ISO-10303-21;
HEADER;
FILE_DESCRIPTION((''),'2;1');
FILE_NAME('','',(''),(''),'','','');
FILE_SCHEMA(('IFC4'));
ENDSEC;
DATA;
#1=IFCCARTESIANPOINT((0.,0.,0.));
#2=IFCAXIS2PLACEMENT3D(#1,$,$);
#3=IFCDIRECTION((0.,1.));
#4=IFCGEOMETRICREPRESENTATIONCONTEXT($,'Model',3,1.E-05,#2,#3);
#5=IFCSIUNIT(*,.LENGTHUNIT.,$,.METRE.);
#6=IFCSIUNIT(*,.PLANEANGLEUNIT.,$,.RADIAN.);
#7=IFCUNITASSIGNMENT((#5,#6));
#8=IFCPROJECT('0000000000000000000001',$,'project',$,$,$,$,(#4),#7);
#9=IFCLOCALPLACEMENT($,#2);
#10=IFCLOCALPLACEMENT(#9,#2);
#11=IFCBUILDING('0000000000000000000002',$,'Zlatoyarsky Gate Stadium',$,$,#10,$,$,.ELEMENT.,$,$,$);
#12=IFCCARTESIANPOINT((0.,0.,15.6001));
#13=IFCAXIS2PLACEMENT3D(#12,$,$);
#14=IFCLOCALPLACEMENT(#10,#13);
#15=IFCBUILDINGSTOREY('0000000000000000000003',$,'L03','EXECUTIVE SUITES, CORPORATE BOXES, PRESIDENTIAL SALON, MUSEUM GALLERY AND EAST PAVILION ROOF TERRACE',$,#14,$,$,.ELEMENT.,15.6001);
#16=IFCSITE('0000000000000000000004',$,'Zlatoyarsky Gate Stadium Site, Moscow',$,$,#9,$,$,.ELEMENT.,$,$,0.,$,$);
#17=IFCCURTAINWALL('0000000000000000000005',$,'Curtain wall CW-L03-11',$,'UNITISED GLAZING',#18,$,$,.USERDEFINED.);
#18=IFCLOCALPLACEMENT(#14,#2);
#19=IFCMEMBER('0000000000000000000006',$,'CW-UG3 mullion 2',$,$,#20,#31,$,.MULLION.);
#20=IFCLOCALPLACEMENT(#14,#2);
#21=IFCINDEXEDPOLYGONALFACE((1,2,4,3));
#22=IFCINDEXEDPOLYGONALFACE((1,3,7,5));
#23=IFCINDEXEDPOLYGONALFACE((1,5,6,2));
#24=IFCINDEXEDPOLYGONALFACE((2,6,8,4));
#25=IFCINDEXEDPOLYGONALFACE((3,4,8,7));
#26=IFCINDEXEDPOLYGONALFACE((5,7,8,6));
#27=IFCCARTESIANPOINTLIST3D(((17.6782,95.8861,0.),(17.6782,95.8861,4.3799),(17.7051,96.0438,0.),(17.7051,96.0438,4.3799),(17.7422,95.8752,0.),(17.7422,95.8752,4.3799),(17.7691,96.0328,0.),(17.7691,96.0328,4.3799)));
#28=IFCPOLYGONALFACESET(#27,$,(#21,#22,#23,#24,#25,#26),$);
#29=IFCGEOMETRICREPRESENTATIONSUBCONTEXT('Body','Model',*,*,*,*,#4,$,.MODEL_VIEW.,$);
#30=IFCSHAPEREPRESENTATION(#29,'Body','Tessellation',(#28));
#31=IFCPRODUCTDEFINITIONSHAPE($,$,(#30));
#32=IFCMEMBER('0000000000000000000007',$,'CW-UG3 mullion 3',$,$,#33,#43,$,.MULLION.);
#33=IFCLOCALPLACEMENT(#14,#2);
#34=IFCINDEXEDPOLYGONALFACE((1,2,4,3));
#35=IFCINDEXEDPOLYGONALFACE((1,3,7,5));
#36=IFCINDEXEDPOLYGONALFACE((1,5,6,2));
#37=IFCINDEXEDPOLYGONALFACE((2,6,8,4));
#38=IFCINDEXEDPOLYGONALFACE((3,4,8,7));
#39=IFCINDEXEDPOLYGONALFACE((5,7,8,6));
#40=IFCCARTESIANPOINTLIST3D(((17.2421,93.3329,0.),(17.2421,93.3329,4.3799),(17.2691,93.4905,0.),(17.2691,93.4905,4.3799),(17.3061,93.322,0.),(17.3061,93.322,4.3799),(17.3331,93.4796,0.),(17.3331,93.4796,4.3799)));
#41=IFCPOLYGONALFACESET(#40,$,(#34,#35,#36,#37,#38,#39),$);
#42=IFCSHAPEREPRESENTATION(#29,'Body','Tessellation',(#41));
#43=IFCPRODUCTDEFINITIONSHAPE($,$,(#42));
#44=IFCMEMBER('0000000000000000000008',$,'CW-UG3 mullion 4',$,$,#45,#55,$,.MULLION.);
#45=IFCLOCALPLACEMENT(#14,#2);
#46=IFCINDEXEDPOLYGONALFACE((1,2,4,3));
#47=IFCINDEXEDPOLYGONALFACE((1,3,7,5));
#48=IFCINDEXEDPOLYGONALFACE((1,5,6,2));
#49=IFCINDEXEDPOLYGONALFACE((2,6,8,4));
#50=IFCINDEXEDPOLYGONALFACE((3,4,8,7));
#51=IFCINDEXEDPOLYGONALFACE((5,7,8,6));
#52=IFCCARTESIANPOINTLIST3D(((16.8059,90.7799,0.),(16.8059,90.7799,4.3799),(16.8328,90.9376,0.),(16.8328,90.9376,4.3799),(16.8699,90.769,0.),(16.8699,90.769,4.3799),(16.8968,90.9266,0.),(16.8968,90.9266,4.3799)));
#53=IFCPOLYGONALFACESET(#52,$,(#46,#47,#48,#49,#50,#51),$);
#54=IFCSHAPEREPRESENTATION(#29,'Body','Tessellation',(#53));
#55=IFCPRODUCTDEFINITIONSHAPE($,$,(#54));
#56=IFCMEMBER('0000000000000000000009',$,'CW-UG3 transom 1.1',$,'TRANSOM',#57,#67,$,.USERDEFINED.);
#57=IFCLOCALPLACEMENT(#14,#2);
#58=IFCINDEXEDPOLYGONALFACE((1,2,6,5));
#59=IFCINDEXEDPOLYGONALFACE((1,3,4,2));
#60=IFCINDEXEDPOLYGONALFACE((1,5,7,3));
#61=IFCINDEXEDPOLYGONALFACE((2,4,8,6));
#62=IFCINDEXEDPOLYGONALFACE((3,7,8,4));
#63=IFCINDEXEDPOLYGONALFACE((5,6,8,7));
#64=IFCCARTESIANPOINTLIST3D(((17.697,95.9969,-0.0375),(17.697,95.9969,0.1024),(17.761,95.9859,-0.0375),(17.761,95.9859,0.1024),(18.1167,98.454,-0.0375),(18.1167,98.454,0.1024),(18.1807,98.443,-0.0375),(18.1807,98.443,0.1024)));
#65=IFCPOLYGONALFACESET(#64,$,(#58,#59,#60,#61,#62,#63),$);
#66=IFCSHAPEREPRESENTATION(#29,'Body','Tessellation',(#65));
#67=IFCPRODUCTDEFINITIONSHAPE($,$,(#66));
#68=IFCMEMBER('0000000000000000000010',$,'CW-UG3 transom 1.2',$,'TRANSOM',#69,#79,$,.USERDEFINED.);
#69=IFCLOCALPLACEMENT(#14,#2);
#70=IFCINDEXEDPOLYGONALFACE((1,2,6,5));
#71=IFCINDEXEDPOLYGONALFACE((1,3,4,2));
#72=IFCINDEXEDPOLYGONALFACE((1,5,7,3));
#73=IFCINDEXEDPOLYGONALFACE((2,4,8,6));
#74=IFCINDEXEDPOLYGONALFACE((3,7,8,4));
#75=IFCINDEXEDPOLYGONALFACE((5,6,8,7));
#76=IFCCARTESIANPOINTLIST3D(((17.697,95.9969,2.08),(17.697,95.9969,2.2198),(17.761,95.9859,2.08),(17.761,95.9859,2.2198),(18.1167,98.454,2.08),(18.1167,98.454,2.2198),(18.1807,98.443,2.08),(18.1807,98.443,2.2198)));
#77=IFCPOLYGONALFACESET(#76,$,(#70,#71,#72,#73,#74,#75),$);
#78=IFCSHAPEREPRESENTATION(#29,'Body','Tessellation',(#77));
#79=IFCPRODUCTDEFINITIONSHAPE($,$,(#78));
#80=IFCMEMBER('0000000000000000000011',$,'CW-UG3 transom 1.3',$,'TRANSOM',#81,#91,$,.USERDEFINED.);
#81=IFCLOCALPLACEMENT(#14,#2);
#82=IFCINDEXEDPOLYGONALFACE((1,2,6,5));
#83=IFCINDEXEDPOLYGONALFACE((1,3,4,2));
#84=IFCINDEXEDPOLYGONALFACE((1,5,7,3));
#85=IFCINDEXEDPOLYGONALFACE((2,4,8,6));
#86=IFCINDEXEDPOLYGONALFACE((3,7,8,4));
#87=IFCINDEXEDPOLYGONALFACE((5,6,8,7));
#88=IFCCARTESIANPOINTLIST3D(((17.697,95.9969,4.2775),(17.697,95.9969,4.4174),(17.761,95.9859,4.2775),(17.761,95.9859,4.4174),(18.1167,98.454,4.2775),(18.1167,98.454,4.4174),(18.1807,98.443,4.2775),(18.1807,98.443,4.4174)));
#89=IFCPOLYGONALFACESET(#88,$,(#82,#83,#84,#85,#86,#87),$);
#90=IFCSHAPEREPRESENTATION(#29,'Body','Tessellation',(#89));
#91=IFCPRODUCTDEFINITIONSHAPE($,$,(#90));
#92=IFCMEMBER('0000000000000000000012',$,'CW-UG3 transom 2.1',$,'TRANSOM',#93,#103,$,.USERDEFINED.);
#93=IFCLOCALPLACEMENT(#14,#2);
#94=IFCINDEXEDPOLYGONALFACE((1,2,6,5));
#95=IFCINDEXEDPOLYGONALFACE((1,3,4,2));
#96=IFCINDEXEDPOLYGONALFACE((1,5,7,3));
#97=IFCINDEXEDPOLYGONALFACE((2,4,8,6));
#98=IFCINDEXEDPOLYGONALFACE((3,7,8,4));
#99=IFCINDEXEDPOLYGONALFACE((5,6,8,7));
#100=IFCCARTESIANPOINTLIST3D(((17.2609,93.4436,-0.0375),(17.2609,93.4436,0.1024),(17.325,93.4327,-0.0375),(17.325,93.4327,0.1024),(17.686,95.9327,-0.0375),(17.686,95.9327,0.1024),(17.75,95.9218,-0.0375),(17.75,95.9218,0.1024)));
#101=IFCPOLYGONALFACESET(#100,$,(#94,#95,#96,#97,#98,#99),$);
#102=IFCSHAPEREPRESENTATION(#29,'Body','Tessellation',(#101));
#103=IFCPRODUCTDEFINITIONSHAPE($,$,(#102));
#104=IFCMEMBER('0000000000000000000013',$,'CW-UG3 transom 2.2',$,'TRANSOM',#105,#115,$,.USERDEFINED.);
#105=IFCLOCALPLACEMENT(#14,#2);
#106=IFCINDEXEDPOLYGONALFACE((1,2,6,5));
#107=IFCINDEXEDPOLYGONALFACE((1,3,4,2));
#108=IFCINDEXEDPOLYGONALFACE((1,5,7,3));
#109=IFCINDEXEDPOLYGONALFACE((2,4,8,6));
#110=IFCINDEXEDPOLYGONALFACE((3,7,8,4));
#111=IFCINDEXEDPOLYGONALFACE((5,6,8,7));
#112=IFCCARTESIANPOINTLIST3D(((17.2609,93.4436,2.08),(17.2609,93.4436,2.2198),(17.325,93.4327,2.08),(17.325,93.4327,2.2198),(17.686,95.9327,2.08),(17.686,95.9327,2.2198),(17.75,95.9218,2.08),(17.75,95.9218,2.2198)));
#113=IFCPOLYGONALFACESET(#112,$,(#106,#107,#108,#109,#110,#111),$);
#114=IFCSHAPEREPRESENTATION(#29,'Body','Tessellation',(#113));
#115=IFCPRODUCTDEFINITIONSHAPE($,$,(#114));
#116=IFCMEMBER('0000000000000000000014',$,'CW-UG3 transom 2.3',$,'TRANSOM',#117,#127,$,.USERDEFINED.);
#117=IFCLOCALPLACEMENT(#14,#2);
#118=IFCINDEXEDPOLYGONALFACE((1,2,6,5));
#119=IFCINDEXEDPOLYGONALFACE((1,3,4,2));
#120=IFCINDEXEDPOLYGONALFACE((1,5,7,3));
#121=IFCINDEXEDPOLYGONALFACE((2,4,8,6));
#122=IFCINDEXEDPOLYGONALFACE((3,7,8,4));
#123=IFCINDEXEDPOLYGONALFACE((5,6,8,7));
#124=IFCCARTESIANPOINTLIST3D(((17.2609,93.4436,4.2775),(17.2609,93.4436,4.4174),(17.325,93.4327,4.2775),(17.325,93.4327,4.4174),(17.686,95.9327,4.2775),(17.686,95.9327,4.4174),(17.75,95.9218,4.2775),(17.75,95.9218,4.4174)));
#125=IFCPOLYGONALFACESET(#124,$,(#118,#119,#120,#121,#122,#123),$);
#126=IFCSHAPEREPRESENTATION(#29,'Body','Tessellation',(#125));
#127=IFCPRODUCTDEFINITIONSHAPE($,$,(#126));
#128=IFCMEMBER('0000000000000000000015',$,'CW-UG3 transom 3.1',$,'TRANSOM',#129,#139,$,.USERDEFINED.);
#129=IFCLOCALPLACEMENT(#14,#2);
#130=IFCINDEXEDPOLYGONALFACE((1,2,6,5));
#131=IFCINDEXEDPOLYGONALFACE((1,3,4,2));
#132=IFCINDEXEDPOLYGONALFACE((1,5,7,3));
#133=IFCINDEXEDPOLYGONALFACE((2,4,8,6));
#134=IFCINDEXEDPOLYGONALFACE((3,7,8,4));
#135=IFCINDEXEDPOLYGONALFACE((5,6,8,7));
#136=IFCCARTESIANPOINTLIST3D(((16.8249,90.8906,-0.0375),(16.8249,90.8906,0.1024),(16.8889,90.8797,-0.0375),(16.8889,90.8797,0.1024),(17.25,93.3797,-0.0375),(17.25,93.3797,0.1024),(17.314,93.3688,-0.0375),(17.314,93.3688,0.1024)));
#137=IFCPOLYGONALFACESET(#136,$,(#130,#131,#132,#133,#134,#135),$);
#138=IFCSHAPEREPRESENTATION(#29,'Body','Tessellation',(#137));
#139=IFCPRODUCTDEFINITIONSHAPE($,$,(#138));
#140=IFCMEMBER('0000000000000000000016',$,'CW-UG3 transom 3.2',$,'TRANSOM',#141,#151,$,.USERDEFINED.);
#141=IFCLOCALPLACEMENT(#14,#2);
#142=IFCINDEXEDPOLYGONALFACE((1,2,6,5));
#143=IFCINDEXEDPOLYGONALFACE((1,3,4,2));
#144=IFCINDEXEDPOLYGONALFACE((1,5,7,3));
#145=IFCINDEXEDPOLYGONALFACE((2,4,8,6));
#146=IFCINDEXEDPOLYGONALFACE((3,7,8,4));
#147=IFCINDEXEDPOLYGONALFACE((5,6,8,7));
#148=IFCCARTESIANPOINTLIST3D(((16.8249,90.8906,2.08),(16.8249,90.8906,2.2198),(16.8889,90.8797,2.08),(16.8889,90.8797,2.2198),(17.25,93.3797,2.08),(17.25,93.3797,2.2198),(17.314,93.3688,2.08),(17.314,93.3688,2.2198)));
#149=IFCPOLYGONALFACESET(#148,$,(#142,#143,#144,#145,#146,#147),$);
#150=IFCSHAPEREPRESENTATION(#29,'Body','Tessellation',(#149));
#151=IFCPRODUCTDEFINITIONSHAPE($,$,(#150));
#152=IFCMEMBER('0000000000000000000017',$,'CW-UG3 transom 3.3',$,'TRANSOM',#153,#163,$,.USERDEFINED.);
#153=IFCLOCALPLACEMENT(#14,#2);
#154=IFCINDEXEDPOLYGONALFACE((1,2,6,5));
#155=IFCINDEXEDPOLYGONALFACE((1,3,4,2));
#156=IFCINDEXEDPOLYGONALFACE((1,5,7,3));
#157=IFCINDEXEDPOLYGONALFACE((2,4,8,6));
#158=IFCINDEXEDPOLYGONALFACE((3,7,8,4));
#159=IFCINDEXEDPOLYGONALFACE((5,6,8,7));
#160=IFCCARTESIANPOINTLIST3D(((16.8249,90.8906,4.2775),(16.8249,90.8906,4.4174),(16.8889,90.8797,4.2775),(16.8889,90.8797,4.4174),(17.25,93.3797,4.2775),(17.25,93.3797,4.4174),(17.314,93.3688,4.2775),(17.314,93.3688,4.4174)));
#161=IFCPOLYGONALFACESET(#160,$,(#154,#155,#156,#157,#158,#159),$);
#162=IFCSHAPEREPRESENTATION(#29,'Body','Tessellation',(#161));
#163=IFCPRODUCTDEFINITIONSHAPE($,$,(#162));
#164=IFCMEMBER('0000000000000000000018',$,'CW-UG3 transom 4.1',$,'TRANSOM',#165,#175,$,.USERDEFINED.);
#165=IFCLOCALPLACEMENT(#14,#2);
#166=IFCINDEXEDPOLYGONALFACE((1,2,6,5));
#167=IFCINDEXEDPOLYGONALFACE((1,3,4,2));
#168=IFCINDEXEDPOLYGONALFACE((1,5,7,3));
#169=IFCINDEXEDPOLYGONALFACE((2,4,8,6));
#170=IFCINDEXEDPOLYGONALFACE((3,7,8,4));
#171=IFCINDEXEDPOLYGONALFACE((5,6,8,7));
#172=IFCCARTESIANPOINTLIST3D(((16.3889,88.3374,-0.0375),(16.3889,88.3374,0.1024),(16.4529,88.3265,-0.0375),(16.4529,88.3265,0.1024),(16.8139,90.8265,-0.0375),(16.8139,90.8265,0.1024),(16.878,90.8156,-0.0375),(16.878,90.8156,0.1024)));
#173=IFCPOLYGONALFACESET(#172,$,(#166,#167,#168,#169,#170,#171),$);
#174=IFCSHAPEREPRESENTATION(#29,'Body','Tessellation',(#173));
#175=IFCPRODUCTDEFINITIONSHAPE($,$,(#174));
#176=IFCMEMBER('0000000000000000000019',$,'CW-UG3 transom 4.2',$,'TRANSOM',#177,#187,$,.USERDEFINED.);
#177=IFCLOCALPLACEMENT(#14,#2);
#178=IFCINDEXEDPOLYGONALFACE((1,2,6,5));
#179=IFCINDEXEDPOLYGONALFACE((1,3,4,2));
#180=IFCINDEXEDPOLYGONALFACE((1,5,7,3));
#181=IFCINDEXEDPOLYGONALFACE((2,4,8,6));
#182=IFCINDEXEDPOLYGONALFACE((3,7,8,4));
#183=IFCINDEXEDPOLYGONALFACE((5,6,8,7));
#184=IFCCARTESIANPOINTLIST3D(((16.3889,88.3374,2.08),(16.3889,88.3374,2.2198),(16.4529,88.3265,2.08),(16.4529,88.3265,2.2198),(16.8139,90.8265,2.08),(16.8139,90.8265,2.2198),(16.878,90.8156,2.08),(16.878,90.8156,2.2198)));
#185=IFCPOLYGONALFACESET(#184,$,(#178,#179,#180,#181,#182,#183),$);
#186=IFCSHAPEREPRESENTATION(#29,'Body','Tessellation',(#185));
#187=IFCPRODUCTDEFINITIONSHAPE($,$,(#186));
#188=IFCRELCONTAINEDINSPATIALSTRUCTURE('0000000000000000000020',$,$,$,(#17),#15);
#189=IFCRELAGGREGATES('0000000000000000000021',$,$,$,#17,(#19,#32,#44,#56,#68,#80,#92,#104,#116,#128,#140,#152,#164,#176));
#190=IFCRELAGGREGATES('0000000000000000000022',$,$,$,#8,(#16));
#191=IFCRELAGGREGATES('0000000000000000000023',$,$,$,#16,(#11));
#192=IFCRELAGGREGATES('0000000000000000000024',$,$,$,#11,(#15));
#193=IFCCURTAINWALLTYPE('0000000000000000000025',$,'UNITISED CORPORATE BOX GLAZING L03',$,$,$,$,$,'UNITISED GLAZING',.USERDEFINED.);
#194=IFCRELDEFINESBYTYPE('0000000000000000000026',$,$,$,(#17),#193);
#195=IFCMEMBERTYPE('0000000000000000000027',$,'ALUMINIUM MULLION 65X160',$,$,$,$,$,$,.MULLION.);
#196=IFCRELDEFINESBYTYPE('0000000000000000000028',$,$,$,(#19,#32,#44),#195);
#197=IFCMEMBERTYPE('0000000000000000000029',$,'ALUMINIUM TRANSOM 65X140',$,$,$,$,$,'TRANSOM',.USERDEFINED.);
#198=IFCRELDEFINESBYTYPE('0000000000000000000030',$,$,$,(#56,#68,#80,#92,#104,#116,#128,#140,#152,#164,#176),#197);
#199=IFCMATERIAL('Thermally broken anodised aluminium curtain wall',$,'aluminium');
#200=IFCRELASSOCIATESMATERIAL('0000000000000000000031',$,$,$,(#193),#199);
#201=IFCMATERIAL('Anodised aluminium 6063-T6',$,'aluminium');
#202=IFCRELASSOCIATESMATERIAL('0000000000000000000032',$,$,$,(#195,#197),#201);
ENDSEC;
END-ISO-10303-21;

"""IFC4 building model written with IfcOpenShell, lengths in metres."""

from ifc_helpers import new_model, si_unit, direction, frame, origin, origin_2d, place, context, subcontext, project, spatial, rectangle, extrude, material, material_profile, profile_set, type_object, element, aggregate, save


model = new_model("IFC4")

# Units and contexts
model_context = context("Model", 3, precision=1e-05, world=origin(), true_north=direction((0.0, 1.0)))
body_context = subcontext(model_context, "Body", "Model", "MODEL_VIEW")
ifc_project = project(units=[si_unit("LENGTHUNIT", "METRE"), si_unit("PLANEANGLEUNIT", "RADIAN")], contexts=[model_context])

# Site, building, storey
site_placement = place(None, origin())
site = spatial("IfcSite", under=ifc_project, at=site_placement, Name="Zlatoyarsky Gate Stadium Site, Moscow", CompositionType="ELEMENT", RefElevation=0.0)
building_placement = place(site_placement, origin())
building = spatial("IfcBuilding", under=site, at=building_placement, Name="Zlatoyarsky Gate Stadium", CompositionType="ELEMENT")
storey_placement = place(building_placement, frame((0.0, 0.0, 15.6001)))
storey = spatial("IfcBuildingStorey", under=building, at=storey_placement, Name="L03", Description="EXECUTIVE SUITES, CORPORATE BOXES, PRESIDENTIAL SALON, MUSEUM GALLERY AND EAST PAVILION ROOF TERRACE", CompositionType="ELEMENT", Elevation=15.6001)

# Curtain wall, members
ifc_material_1 = material(Name="Thermally broken anodised aluminium curtain wall", Category="aluminium")
curtain_wall_type = type_object("IfcCurtainWallType", Name="UNITISED CORPORATE BOX GLAZING L03", ElementType="UNITISED GLAZING", PredefinedType="USERDEFINED", material=ifc_material_1)
curtain_wall_placement = place(storey_placement, origin())
curtain_wall = element("IfcCurtainWall", 1, at=curtain_wall_placement, inside=storey, type_object=curtain_wall_type, Name="Curtain wall CW-L03-11", ObjectType="UNITISED GLAZING", PredefinedType="USERDEFINED")
ifc_material_2 = material(Name="Anodised aluminium 6063-T6", Category="aluminium")
ifc_material_profile_1 = material_profile(ifc_material_2, rectangle(XDim=0.0649, YDim=0.1599, at=origin_2d()), Name="ALU 65X160")
ifc_profile_set_1 = profile_set([ifc_material_profile_1], Name="Anodised aluminium 6063-T6")
member_type_1 = type_object("IfcMemberType", Name="ALUMINIUM MULLION 65X160", PredefinedType="MULLION", material=ifc_profile_set_1)
member_1_placement = place(storey_placement, frame((17.7236, 95.9595, 0.0), z_axis=(0.0, 0.0, 1.0), x_axis=(0.985726, -0.168356, 0.0)))
member_1 = element("IfcMember", 2, at=member_1_placement, type_object=member_type_1, Name="CW-UG3 mullion 2", PredefinedType="MULLION", context=body_context, shape_type="SweptSolid", body=[
    extrude(rectangle(XDim=0.0649, YDim=0.1599, at=origin_2d()), origin(), (0.0, 0.0, 1.0), 4.3799),
])
member_2_placement = place(storey_placement, frame((17.2876, 93.4062, 0.0), z_axis=(0.0, 0.0, 1.0), x_axis=(0.985726, -0.168356, 0.0)))
member_2 = element("IfcMember", 3, at=member_2_placement, type_object=member_type_1, Name="CW-UG3 mullion 3", PredefinedType="MULLION", context=body_context, shape_type="SweptSolid", body=[
    extrude(rectangle(XDim=0.0649, YDim=0.1599, at=origin_2d()), origin(), (0.0, 0.0, 1.0), 4.3799),
])
member_3_placement = place(storey_placement, frame((16.8513, 90.8533, 0.0), z_axis=(0.0, 0.0, 1.0), x_axis=(0.985726, -0.168356, 0.0)))
member_3 = element("IfcMember", 4, at=member_3_placement, type_object=member_type_1, Name="CW-UG3 mullion 4", PredefinedType="MULLION", context=body_context, shape_type="SweptSolid", body=[
    extrude(rectangle(XDim=0.0649, YDim=0.1599, at=origin_2d()), origin(), (0.0, 0.0, 1.0), 4.3799),
])
ifc_material_profile_2 = material_profile(ifc_material_2, rectangle(XDim=0.0649, YDim=0.1399, at=origin_2d()), Name="ALU 65X140")
ifc_profile_set_2 = profile_set([ifc_material_profile_2], Name="Anodised aluminium 6063-T6")
member_type_2 = type_object("IfcMemberType", Name="ALUMINIUM TRANSOM 65X140", ElementType="TRANSOM", PredefinedType="USERDEFINED", material=ifc_profile_set_2)
member_4_placement = place(storey_placement, frame((18.1487, 98.4485, 0.0325), z_axis=(-0.168368, -0.985724, 0.0), x_axis=(0.985724, -0.168368, 0.0)))
member_4 = element("IfcMember", 5, at=member_4_placement, type_object=member_type_2, Name="CW-UG3 transom 1.1", ObjectType="TRANSOM", PredefinedType="USERDEFINED", context=body_context, shape_type="SweptSolid", body=[
    extrude(rectangle(XDim=0.0649, YDim=0.1399, at=origin_2d()), origin(), (0.0, 0.0, 1.0), 2.4927),
])
member_5_placement = place(storey_placement, frame((18.1487, 98.4485, 2.1499), z_axis=(-0.168368, -0.985724, 0.0), x_axis=(0.985724, -0.168368, 0.0)))
member_5 = element("IfcMember", 6, at=member_5_placement, type_object=member_type_2, Name="CW-UG3 transom 1.2", ObjectType="TRANSOM", PredefinedType="USERDEFINED", context=body_context, shape_type="SweptSolid", body=[
    extrude(rectangle(XDim=0.0649, YDim=0.1399, at=origin_2d()), origin(), (0.0, 0.0, 1.0), 2.4927),
])
member_6_placement = place(storey_placement, frame((18.1487, 98.4485, 4.3474), z_axis=(-0.168368, -0.985724, 0.0), x_axis=(0.985724, -0.168368, 0.0)))
member_6 = element("IfcMember", 7, at=member_6_placement, type_object=member_type_2, Name="CW-UG3 transom 1.3", ObjectType="TRANSOM", PredefinedType="USERDEFINED", context=body_context, shape_type="SweptSolid", body=[
    extrude(rectangle(XDim=0.0649, YDim=0.1399, at=origin_2d()), origin(), (0.0, 0.0, 1.0), 2.4927),
])
member_7_placement = place(storey_placement, frame((17.718, 95.9272, 0.0325), z_axis=(-0.168333, -0.98573, 0.0), x_axis=(0.98573, -0.168333, 0.0)))
member_7 = element("IfcMember", 8, at=member_7_placement, type_object=member_type_2, Name="CW-UG3 transom 2.1", ObjectType="TRANSOM", PredefinedType="USERDEFINED", context=body_context, shape_type="SweptSolid", body=[
    extrude(rectangle(XDim=0.0649, YDim=0.1399, at=origin_2d()), origin(), (0.0, 0.0, 1.0), 2.5251),
])
member_8_placement = place(storey_placement, frame((17.718, 95.9272, 2.1499), z_axis=(-0.168333, -0.98573, 0.0), x_axis=(0.98573, -0.168333, 0.0)))
member_8 = element("IfcMember", 9, at=member_8_placement, type_object=member_type_2, Name="CW-UG3 transom 2.2", ObjectType="TRANSOM", PredefinedType="USERDEFINED", context=body_context, shape_type="SweptSolid", body=[
    extrude(rectangle(XDim=0.0649, YDim=0.1399, at=origin_2d()), origin(), (0.0, 0.0, 1.0), 2.5251),
])
member_9_placement = place(storey_placement, frame((17.718, 95.9272, 4.3474), z_axis=(-0.168333, -0.98573, 0.0), x_axis=(0.98573, -0.168333, 0.0)))
member_9 = element("IfcMember", 10, at=member_9_placement, type_object=member_type_2, Name="CW-UG3 transom 2.3", ObjectType="TRANSOM", PredefinedType="USERDEFINED", context=body_context, shape_type="SweptSolid", body=[
    extrude(rectangle(XDim=0.0649, YDim=0.1399, at=origin_2d()), origin(), (0.0, 0.0, 1.0), 2.5251),
])
member_10_placement = place(storey_placement, frame((17.282, 93.3743, 0.0325), z_axis=(-0.168333, -0.98573, 0.0), x_axis=(0.98573, -0.168333, 0.0)))
member_10 = element("IfcMember", 11, at=member_10_placement, type_object=member_type_2, Name="CW-UG3 transom 3.1", ObjectType="TRANSOM", PredefinedType="USERDEFINED", context=body_context, shape_type="SweptSolid", body=[
    extrude(rectangle(XDim=0.0649, YDim=0.1399, at=origin_2d()), origin(), (0.0, 0.0, 1.0), 2.5251),
])
member_11_placement = place(storey_placement, frame((17.282, 93.3743, 2.1499), z_axis=(-0.168333, -0.98573, 0.0), x_axis=(0.98573, -0.168333, 0.0)))
member_11 = element("IfcMember", 12, at=member_11_placement, type_object=member_type_2, Name="CW-UG3 transom 3.2", ObjectType="TRANSOM", PredefinedType="USERDEFINED", context=body_context, shape_type="SweptSolid", body=[
    extrude(rectangle(XDim=0.0649, YDim=0.1399, at=origin_2d()), origin(), (0.0, 0.0, 1.0), 2.5251),
])
member_12_placement = place(storey_placement, frame((17.282, 93.3743, 4.3474), z_axis=(-0.168333, -0.98573, 0.0), x_axis=(0.98573, -0.168333, 0.0)))
member_12 = element("IfcMember", 13, at=member_12_placement, type_object=member_type_2, Name="CW-UG3 transom 3.3", ObjectType="TRANSOM", PredefinedType="USERDEFINED", context=body_context, shape_type="SweptSolid", body=[
    extrude(rectangle(XDim=0.0649, YDim=0.1399, at=origin_2d()), origin(), (0.0, 0.0, 1.0), 2.5251),
])
member_13_placement = place(storey_placement, frame((16.8459, 90.821, 0.0325), z_axis=(-0.168333, -0.98573, 0.0), x_axis=(0.98573, -0.168333, 0.0)))
member_13 = element("IfcMember", 14, at=member_13_placement, type_object=member_type_2, Name="CW-UG3 transom 4.1", ObjectType="TRANSOM", PredefinedType="USERDEFINED", context=body_context, shape_type="SweptSolid", body=[
    extrude(rectangle(XDim=0.0649, YDim=0.1399, at=origin_2d()), origin(), (0.0, 0.0, 1.0), 2.5251),
])
member_14_placement = place(storey_placement, frame((16.8459, 90.821, 2.1499), z_axis=(-0.168333, -0.98573, 0.0), x_axis=(0.98573, -0.168333, 0.0)))
member_14 = element("IfcMember", 15, at=member_14_placement, type_object=member_type_2, Name="CW-UG3 transom 4.2", ObjectType="TRANSOM", PredefinedType="USERDEFINED", context=body_context, shape_type="SweptSolid", body=[
    extrude(rectangle(XDim=0.0649, YDim=0.1399, at=origin_2d()), origin(), (0.0, 0.0, 1.0), 2.5251),
])

aggregate(curtain_wall, [member_1, member_2, member_3, member_4, member_5, member_6, member_7, member_8, member_9, member_10, member_11, member_12, member_13, member_14])

save(model, "model.ifc")
